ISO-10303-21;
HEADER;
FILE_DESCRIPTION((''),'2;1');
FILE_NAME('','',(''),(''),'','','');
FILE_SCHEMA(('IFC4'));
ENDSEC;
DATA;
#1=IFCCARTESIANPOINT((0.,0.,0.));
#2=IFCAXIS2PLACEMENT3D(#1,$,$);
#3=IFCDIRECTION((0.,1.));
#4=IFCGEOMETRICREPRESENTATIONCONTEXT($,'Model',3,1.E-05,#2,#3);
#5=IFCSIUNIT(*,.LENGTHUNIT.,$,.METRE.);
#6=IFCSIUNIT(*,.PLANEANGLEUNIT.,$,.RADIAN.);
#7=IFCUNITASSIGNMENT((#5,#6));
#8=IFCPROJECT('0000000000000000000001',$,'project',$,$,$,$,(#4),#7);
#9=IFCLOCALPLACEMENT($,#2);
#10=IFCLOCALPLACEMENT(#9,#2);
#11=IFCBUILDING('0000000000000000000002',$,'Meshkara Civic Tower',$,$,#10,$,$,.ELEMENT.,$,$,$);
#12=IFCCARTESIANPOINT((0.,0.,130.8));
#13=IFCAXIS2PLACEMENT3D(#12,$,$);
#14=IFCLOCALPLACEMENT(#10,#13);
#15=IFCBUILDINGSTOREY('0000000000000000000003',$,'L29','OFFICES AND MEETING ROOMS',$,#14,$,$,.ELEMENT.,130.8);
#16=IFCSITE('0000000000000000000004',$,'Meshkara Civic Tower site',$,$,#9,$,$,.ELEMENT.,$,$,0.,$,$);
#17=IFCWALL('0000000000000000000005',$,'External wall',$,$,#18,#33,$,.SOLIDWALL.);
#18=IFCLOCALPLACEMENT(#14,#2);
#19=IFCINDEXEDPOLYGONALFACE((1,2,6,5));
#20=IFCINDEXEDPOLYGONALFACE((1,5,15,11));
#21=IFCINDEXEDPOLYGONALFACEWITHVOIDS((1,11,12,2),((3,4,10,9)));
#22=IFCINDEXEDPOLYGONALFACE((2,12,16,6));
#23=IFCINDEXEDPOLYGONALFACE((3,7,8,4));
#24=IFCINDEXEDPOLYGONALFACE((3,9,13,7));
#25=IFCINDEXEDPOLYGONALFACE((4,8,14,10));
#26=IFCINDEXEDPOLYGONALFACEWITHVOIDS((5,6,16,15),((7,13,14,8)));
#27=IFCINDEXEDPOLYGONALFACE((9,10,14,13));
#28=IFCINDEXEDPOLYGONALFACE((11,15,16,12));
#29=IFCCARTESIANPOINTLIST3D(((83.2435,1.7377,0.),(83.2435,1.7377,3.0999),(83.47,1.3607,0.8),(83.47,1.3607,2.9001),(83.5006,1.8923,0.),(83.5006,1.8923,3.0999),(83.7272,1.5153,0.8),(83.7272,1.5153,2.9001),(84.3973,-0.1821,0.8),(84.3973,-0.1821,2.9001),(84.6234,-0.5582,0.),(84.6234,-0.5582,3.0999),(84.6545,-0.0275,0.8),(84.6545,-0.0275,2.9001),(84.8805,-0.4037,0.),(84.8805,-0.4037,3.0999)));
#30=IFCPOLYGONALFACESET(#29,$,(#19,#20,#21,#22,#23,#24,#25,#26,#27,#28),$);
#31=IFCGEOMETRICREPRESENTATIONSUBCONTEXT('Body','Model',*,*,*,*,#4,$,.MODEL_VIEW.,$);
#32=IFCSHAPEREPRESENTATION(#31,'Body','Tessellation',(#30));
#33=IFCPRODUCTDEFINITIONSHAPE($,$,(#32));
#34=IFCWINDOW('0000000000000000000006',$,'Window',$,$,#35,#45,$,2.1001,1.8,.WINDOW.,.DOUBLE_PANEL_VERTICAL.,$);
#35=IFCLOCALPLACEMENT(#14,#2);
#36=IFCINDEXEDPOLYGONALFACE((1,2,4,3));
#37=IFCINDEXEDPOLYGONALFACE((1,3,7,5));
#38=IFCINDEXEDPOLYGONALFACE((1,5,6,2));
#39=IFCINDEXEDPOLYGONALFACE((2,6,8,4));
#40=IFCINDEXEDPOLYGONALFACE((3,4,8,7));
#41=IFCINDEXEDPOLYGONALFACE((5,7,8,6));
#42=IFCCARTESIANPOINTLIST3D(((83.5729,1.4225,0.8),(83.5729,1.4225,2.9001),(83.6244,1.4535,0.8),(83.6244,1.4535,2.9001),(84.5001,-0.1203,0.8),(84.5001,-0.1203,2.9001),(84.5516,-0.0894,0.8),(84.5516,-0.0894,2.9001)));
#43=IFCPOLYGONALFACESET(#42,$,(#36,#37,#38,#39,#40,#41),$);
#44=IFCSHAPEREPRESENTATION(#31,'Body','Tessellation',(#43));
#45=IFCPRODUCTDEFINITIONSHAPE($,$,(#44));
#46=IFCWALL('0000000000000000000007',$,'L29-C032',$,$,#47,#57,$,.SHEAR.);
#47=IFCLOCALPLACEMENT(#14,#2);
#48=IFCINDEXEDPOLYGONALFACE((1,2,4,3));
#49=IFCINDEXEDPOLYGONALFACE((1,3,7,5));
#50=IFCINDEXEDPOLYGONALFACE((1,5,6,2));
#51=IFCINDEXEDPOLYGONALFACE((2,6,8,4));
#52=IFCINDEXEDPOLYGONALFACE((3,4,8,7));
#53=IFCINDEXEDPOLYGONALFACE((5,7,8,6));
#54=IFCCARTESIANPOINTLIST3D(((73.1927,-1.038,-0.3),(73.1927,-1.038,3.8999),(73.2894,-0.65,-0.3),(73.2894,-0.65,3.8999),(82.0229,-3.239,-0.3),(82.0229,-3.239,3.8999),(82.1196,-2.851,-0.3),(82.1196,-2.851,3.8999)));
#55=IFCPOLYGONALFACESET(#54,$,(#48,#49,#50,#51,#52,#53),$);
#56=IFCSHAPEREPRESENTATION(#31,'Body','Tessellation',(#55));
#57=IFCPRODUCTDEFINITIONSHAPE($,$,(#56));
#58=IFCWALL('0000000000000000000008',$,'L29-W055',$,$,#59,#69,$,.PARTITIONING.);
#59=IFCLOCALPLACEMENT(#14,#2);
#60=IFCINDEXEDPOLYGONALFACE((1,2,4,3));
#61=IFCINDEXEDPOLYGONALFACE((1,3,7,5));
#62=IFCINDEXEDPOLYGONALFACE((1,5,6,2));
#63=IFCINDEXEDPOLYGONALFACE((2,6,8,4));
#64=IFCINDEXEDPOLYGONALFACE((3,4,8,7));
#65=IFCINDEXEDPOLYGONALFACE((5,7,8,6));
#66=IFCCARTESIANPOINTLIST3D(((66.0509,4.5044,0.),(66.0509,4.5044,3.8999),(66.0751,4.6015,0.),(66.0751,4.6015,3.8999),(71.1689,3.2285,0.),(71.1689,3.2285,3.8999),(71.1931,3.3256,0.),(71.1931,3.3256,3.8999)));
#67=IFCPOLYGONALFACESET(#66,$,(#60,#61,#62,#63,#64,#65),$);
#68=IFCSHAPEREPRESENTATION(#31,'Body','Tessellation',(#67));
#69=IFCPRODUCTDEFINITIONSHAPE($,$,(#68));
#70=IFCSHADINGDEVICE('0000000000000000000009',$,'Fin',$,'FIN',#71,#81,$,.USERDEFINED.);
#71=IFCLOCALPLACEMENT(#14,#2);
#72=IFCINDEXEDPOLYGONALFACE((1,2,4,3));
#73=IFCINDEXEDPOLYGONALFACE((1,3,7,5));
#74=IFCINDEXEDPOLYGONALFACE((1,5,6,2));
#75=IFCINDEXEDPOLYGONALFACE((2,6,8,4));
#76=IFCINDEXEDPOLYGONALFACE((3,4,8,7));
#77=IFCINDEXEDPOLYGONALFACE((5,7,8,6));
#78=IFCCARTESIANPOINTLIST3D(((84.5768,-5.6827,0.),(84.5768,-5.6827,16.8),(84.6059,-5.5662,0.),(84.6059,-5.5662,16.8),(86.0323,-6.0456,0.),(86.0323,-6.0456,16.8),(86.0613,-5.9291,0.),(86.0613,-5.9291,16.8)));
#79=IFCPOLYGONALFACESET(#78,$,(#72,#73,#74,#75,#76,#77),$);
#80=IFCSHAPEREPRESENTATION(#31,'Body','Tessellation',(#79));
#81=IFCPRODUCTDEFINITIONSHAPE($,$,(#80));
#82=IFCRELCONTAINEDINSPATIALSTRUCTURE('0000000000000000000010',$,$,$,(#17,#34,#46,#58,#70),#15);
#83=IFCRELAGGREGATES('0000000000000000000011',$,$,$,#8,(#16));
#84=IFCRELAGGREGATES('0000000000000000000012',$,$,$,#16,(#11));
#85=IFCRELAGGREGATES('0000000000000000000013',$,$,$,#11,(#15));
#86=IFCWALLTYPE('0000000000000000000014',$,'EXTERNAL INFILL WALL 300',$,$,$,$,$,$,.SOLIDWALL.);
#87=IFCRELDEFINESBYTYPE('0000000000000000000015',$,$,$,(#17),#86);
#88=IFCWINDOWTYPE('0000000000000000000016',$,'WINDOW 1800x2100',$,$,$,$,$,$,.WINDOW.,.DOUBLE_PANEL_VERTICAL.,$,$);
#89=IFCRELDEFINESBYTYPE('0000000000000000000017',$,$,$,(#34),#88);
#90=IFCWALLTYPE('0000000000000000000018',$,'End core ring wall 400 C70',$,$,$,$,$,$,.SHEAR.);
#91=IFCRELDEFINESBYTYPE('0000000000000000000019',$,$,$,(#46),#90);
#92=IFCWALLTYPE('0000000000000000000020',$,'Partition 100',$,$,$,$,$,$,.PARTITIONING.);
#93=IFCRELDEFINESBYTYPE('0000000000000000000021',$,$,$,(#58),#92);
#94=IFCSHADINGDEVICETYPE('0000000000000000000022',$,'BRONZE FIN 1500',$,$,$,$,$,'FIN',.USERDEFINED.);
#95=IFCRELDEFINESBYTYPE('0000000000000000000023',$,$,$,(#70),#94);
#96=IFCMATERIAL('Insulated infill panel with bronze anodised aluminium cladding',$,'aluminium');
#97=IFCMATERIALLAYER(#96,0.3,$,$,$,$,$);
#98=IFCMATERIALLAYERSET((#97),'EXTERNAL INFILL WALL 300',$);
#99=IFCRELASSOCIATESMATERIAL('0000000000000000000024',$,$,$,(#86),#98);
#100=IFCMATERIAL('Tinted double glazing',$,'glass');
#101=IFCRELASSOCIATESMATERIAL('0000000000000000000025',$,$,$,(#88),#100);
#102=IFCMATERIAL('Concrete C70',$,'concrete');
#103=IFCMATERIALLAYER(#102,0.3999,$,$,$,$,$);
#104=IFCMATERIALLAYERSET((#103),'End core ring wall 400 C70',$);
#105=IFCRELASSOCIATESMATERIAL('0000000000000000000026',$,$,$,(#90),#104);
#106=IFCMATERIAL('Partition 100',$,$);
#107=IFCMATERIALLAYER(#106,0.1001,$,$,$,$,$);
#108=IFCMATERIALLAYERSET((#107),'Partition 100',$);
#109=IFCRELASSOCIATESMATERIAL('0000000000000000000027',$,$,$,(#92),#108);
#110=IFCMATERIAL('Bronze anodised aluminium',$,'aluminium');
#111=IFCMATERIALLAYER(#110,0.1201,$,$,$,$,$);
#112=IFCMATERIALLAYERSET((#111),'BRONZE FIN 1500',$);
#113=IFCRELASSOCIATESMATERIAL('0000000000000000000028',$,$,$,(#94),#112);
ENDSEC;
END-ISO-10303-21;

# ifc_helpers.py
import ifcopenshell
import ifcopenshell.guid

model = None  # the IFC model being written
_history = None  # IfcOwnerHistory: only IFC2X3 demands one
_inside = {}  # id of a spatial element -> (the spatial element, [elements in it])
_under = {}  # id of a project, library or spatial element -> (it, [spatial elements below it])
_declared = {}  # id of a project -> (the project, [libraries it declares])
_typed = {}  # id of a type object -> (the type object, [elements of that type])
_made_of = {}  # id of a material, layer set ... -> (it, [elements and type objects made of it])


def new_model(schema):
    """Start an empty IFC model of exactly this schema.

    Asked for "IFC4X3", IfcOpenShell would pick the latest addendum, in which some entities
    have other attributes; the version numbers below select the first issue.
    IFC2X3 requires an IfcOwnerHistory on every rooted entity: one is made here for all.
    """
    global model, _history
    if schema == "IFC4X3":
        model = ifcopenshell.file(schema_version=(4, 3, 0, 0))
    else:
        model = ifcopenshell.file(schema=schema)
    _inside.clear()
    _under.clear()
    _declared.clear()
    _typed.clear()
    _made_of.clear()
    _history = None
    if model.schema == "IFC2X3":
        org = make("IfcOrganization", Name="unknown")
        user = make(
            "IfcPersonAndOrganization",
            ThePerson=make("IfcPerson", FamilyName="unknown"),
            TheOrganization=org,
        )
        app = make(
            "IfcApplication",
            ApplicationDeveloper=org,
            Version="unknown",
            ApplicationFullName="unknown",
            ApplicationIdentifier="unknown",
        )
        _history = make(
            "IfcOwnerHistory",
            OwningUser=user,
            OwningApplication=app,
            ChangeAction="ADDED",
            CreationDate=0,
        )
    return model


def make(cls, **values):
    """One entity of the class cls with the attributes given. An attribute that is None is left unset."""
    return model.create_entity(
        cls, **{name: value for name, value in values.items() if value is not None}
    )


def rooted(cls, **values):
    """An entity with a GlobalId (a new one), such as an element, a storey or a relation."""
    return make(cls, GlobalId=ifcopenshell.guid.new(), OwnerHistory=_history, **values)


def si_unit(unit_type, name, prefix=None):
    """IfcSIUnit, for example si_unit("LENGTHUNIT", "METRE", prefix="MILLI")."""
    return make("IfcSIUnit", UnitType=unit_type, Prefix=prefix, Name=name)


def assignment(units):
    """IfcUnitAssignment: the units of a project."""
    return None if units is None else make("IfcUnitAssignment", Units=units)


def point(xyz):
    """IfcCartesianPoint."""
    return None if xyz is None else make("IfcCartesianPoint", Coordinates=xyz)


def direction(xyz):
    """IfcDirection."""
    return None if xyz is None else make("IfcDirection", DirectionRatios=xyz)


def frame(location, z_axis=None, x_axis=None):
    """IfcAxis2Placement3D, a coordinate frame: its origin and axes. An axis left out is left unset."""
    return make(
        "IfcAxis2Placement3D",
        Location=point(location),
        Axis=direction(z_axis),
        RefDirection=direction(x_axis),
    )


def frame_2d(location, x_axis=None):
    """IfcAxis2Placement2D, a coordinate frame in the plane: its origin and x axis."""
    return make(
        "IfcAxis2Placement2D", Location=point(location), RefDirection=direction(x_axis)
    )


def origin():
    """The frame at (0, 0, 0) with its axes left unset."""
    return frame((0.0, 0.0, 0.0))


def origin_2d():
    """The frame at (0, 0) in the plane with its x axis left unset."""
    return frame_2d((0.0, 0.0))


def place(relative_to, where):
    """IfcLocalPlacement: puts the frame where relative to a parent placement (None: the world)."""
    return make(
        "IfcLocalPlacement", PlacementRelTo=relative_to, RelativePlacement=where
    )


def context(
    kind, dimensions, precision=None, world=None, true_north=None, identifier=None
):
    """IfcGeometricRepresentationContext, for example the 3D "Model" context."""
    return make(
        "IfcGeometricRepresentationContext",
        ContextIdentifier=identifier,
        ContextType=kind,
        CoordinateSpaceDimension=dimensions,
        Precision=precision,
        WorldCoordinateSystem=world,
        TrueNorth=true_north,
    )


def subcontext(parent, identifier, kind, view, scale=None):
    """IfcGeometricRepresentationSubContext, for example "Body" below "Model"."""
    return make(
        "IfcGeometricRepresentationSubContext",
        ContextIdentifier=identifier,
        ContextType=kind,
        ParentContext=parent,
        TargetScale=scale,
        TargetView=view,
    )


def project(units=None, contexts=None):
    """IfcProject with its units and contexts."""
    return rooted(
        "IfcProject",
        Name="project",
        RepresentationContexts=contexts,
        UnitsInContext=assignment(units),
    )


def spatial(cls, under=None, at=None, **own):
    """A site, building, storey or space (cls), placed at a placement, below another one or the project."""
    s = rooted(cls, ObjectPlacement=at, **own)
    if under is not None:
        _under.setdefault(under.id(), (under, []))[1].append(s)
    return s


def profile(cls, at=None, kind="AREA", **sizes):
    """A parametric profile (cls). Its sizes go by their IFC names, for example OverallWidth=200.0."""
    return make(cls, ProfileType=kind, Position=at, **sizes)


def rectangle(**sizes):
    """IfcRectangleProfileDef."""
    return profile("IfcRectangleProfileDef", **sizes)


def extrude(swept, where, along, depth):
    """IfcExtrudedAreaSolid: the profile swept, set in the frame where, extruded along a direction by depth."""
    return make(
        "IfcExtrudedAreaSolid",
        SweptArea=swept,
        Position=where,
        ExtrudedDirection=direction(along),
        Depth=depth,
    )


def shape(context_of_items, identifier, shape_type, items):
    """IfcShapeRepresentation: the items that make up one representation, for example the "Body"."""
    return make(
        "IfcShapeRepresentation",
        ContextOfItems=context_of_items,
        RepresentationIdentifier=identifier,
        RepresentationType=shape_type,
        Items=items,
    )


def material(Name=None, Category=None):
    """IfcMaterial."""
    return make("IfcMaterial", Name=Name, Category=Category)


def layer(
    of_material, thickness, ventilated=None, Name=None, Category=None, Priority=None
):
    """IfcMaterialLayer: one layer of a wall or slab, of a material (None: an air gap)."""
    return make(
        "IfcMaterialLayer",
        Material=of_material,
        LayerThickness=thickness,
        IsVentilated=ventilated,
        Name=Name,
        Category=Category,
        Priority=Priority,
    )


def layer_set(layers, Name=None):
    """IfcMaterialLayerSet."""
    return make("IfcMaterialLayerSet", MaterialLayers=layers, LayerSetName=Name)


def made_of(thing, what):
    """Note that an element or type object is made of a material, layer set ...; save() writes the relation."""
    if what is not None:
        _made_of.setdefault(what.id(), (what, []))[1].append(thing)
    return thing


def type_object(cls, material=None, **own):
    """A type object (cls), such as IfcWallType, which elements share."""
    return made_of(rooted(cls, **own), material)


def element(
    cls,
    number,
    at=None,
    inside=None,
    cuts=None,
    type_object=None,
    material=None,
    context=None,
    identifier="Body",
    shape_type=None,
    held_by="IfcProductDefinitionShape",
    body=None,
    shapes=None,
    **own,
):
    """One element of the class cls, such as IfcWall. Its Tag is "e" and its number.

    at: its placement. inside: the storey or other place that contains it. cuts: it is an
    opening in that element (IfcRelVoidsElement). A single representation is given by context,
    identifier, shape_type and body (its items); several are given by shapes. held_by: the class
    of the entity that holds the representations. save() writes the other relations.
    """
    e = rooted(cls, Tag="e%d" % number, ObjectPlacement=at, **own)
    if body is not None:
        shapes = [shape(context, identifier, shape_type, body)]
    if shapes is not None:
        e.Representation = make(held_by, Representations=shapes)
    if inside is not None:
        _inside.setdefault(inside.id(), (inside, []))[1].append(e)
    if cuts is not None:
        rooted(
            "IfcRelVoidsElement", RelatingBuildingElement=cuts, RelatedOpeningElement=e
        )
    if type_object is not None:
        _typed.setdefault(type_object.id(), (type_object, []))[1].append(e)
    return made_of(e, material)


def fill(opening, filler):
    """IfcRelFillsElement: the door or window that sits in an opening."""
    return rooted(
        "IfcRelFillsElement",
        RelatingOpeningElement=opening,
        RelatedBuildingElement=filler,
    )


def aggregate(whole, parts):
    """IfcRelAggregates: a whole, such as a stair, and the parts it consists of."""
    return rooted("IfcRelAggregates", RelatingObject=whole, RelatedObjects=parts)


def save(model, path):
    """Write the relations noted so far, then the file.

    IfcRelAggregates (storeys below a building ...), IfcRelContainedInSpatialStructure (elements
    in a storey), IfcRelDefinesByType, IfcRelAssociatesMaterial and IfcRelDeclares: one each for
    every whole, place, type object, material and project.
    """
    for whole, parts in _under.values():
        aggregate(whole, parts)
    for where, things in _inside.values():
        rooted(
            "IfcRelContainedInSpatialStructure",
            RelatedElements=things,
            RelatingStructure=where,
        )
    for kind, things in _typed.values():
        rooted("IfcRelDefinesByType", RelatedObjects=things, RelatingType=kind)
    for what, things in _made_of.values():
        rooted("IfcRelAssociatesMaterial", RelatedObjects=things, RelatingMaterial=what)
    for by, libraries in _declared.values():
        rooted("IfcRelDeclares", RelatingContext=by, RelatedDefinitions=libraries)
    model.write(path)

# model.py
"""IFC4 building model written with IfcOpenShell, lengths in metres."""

from ifc_helpers import new_model, si_unit, direction, frame, frame_2d, origin, origin_2d, place, context, subcontext, project, spatial, rectangle, extrude, material, layer, layer_set, type_object, element, fill, save


model = new_model("IFC4")

# Units and contexts
model_context = context("Model", 3, precision=1e-05, world=origin(), true_north=direction((0.0, 1.0)))
body_context = subcontext(model_context, "Body", "Model", "MODEL_VIEW")
ifc_project = project(units=[si_unit("LENGTHUNIT", "METRE"), si_unit("PLANEANGLEUNIT", "RADIAN")], contexts=[model_context])

# Site, building, storey
site_placement = place(None, origin())
site = spatial("IfcSite", under=ifc_project, at=site_placement, Name="Meshkara Civic Tower site", CompositionType="ELEMENT", RefElevation=0.0)
building_placement = place(site_placement, origin())
building = spatial("IfcBuilding", under=site, at=building_placement, Name="Meshkara Civic Tower", CompositionType="ELEMENT")
storey_placement = place(building_placement, frame((0.0, 0.0, 130.8)))
storey = spatial("IfcBuildingStorey", under=building, at=storey_placement, Name="L29", Description="OFFICES AND MEETING ROOMS", CompositionType="ELEMENT", Elevation=130.8)

# Wall, opening, window
ifc_material_1 = material(Name="Insulated infill panel with bronze anodised aluminium cladding", Category="aluminium")
ifc_layer_1 = layer(ifc_material_1, 0.3)
ifc_layer_set_1 = layer_set([ifc_layer_1], Name="EXTERNAL INFILL WALL 300")
wall_type_1 = type_object("IfcWallType", Name="EXTERNAL INFILL WALL 300", PredefinedType="SOLIDWALL", material=ifc_layer_set_1)
ifc_material_2 = material(Name="Tinted double glazing", Category="glass")
window_type_1 = type_object("IfcWindowType", Name="WINDOW 1800x2100", PartitioningType="DOUBLE_PANEL_VERTICAL", PredefinedType="WINDOW", material=ifc_material_2)
wall_1_placement = place(storey_placement, frame((84.752, -0.481, 0.0), z_axis=(0.0, 0.0, 1.0), x_axis=(-0.515139, 0.857107, 0.0)))
wall_1 = element("IfcWall", 1, at=wall_1_placement, inside=storey, type_object=wall_type_1, Name="External wall", PredefinedType="SOLIDWALL", context=body_context, shape_type="SweptSolid", body=[
    extrude(rectangle(XDim=2.6787, YDim=0.3, at=frame_2d((1.3394, 0.0))), origin(), (0.0, 0.0, 1.0), 3.0999),
])
opening_1_placement = place(wall_1_placement, frame((0.439, 0.0, 0.8)))
opening_1 = element("IfcOpeningElement", 2, at=opening_1_placement, cuts=wall_1, PredefinedType="OPENING", context=body_context, shape_type="SweptSolid", body=[
    extrude(rectangle(XDim=1.8, YDim=2.1001, at=frame_2d((0.8999, 1.05))), frame((0.0, 0.1599, 0.0), z_axis=(0.0, -1.0, 0.0), x_axis=(1.0, 0.0, 0.0)), (0.0, 0.0, 1.0), 0.3201),
])
window_1_placement = place(opening_1_placement, origin())
window_1 = element("IfcWindow", 3, at=window_1_placement, inside=storey, type_object=window_type_1, Name="Window", OverallHeight=2.1001, OverallWidth=1.8, PartitioningType="DOUBLE_PANEL_VERTICAL", PredefinedType="WINDOW", context=body_context, shape_type="SweptSolid", body=[
    extrude(rectangle(XDim=1.8, YDim=2.1001, at=frame_2d((0.8999, 1.05))), frame((0.0, 0.03, 0.0), z_axis=(0.0, -1.0, 0.0), x_axis=(1.0, 0.0, 0.0)), (0.0, 0.0, 1.0), 0.0601),
])
fill(opening_1, window_1)

# Walls
ifc_material_3 = material(Name="Concrete C70", Category="concrete")
ifc_layer_2 = layer(ifc_material_3, 0.3999)
ifc_layer_set_2 = layer_set([ifc_layer_2], Name="End core ring wall 400 C70")
wall_type_2 = type_object("IfcWallType", Name="End core ring wall 400 C70", PredefinedType="SHEAR", material=ifc_layer_set_2)
wall_2_placement = place(storey_placement, frame((73.241, -0.844, -0.3), z_axis=(0.0, 0.0, 1.0), x_axis=(0.970313, -0.241854, 0.0)))
element("IfcWall", 4, at=wall_2_placement, inside=storey, type_object=wall_type_2, Name="L29-C032", PredefinedType="SHEAR", context=body_context, shape_type="SweptSolid", body=[
    extrude(rectangle(XDim=9.1003, YDim=0.3999, at=frame_2d((4.5503, 0.0))), origin(), (0.0, 0.0, 1.0), 4.2),
])
ifc_material_4 = material(Name="Partition 100")
ifc_layer_3 = layer(ifc_material_4, 0.1001)
ifc_layer_set_3 = layer_set([ifc_layer_3], Name="Partition 100")
wall_type_3 = type_object("IfcWallType", Name="Partition 100", PredefinedType="PARTITIONING", material=ifc_layer_set_3)
wall_3_placement = place(storey_placement, frame((71.1809, 3.2771, 0.0), z_axis=(0.0, 0.0, 1.0), x_axis=(-0.970303, 0.241893, 0.0)))
element("IfcWall", 5, at=wall_3_placement, inside=storey, type_object=wall_type_3, Name="L29-W055", PredefinedType="PARTITIONING", context=body_context, shape_type="SweptSolid", body=[
    extrude(rectangle(XDim=5.2747, YDim=0.1001, at=frame_2d((2.6372, 0.0))), origin(), (0.0, 0.0, 1.0), 3.8999),
])

# Shading device
ifc_material_5 = material(Name="Bronze anodised aluminium", Category="aluminium")
ifc_layer_4 = layer(ifc_material_5, 0.1201)
ifc_layer_set_4 = layer_set([ifc_layer_4], Name="BRONZE FIN 1500")
shading_device_type = type_object("IfcShadingDeviceType", Name="BRONZE FIN 1500", ElementType="FIN", PredefinedType="USERDEFINED", material=ifc_layer_set_4)
shading_device_placement = place(storey_placement, frame((85.3191, -5.8059, 0.0), z_axis=(0.0, 0.0, 1.0), x_axis=(0.241922, 0.970296, 0.0)))
element("IfcShadingDevice", 6, at=shading_device_placement, inside=storey, type_object=shading_device_type, Name="Fin", ObjectType="FIN", PredefinedType="USERDEFINED", context=body_context, shape_type="SweptSolid", body=[
    extrude(rectangle(XDim=0.1201, YDim=1.5, at=origin_2d()), origin(), (0.0, 0.0, 1.0), 16.8),
])

save(model, "model.ifc")
